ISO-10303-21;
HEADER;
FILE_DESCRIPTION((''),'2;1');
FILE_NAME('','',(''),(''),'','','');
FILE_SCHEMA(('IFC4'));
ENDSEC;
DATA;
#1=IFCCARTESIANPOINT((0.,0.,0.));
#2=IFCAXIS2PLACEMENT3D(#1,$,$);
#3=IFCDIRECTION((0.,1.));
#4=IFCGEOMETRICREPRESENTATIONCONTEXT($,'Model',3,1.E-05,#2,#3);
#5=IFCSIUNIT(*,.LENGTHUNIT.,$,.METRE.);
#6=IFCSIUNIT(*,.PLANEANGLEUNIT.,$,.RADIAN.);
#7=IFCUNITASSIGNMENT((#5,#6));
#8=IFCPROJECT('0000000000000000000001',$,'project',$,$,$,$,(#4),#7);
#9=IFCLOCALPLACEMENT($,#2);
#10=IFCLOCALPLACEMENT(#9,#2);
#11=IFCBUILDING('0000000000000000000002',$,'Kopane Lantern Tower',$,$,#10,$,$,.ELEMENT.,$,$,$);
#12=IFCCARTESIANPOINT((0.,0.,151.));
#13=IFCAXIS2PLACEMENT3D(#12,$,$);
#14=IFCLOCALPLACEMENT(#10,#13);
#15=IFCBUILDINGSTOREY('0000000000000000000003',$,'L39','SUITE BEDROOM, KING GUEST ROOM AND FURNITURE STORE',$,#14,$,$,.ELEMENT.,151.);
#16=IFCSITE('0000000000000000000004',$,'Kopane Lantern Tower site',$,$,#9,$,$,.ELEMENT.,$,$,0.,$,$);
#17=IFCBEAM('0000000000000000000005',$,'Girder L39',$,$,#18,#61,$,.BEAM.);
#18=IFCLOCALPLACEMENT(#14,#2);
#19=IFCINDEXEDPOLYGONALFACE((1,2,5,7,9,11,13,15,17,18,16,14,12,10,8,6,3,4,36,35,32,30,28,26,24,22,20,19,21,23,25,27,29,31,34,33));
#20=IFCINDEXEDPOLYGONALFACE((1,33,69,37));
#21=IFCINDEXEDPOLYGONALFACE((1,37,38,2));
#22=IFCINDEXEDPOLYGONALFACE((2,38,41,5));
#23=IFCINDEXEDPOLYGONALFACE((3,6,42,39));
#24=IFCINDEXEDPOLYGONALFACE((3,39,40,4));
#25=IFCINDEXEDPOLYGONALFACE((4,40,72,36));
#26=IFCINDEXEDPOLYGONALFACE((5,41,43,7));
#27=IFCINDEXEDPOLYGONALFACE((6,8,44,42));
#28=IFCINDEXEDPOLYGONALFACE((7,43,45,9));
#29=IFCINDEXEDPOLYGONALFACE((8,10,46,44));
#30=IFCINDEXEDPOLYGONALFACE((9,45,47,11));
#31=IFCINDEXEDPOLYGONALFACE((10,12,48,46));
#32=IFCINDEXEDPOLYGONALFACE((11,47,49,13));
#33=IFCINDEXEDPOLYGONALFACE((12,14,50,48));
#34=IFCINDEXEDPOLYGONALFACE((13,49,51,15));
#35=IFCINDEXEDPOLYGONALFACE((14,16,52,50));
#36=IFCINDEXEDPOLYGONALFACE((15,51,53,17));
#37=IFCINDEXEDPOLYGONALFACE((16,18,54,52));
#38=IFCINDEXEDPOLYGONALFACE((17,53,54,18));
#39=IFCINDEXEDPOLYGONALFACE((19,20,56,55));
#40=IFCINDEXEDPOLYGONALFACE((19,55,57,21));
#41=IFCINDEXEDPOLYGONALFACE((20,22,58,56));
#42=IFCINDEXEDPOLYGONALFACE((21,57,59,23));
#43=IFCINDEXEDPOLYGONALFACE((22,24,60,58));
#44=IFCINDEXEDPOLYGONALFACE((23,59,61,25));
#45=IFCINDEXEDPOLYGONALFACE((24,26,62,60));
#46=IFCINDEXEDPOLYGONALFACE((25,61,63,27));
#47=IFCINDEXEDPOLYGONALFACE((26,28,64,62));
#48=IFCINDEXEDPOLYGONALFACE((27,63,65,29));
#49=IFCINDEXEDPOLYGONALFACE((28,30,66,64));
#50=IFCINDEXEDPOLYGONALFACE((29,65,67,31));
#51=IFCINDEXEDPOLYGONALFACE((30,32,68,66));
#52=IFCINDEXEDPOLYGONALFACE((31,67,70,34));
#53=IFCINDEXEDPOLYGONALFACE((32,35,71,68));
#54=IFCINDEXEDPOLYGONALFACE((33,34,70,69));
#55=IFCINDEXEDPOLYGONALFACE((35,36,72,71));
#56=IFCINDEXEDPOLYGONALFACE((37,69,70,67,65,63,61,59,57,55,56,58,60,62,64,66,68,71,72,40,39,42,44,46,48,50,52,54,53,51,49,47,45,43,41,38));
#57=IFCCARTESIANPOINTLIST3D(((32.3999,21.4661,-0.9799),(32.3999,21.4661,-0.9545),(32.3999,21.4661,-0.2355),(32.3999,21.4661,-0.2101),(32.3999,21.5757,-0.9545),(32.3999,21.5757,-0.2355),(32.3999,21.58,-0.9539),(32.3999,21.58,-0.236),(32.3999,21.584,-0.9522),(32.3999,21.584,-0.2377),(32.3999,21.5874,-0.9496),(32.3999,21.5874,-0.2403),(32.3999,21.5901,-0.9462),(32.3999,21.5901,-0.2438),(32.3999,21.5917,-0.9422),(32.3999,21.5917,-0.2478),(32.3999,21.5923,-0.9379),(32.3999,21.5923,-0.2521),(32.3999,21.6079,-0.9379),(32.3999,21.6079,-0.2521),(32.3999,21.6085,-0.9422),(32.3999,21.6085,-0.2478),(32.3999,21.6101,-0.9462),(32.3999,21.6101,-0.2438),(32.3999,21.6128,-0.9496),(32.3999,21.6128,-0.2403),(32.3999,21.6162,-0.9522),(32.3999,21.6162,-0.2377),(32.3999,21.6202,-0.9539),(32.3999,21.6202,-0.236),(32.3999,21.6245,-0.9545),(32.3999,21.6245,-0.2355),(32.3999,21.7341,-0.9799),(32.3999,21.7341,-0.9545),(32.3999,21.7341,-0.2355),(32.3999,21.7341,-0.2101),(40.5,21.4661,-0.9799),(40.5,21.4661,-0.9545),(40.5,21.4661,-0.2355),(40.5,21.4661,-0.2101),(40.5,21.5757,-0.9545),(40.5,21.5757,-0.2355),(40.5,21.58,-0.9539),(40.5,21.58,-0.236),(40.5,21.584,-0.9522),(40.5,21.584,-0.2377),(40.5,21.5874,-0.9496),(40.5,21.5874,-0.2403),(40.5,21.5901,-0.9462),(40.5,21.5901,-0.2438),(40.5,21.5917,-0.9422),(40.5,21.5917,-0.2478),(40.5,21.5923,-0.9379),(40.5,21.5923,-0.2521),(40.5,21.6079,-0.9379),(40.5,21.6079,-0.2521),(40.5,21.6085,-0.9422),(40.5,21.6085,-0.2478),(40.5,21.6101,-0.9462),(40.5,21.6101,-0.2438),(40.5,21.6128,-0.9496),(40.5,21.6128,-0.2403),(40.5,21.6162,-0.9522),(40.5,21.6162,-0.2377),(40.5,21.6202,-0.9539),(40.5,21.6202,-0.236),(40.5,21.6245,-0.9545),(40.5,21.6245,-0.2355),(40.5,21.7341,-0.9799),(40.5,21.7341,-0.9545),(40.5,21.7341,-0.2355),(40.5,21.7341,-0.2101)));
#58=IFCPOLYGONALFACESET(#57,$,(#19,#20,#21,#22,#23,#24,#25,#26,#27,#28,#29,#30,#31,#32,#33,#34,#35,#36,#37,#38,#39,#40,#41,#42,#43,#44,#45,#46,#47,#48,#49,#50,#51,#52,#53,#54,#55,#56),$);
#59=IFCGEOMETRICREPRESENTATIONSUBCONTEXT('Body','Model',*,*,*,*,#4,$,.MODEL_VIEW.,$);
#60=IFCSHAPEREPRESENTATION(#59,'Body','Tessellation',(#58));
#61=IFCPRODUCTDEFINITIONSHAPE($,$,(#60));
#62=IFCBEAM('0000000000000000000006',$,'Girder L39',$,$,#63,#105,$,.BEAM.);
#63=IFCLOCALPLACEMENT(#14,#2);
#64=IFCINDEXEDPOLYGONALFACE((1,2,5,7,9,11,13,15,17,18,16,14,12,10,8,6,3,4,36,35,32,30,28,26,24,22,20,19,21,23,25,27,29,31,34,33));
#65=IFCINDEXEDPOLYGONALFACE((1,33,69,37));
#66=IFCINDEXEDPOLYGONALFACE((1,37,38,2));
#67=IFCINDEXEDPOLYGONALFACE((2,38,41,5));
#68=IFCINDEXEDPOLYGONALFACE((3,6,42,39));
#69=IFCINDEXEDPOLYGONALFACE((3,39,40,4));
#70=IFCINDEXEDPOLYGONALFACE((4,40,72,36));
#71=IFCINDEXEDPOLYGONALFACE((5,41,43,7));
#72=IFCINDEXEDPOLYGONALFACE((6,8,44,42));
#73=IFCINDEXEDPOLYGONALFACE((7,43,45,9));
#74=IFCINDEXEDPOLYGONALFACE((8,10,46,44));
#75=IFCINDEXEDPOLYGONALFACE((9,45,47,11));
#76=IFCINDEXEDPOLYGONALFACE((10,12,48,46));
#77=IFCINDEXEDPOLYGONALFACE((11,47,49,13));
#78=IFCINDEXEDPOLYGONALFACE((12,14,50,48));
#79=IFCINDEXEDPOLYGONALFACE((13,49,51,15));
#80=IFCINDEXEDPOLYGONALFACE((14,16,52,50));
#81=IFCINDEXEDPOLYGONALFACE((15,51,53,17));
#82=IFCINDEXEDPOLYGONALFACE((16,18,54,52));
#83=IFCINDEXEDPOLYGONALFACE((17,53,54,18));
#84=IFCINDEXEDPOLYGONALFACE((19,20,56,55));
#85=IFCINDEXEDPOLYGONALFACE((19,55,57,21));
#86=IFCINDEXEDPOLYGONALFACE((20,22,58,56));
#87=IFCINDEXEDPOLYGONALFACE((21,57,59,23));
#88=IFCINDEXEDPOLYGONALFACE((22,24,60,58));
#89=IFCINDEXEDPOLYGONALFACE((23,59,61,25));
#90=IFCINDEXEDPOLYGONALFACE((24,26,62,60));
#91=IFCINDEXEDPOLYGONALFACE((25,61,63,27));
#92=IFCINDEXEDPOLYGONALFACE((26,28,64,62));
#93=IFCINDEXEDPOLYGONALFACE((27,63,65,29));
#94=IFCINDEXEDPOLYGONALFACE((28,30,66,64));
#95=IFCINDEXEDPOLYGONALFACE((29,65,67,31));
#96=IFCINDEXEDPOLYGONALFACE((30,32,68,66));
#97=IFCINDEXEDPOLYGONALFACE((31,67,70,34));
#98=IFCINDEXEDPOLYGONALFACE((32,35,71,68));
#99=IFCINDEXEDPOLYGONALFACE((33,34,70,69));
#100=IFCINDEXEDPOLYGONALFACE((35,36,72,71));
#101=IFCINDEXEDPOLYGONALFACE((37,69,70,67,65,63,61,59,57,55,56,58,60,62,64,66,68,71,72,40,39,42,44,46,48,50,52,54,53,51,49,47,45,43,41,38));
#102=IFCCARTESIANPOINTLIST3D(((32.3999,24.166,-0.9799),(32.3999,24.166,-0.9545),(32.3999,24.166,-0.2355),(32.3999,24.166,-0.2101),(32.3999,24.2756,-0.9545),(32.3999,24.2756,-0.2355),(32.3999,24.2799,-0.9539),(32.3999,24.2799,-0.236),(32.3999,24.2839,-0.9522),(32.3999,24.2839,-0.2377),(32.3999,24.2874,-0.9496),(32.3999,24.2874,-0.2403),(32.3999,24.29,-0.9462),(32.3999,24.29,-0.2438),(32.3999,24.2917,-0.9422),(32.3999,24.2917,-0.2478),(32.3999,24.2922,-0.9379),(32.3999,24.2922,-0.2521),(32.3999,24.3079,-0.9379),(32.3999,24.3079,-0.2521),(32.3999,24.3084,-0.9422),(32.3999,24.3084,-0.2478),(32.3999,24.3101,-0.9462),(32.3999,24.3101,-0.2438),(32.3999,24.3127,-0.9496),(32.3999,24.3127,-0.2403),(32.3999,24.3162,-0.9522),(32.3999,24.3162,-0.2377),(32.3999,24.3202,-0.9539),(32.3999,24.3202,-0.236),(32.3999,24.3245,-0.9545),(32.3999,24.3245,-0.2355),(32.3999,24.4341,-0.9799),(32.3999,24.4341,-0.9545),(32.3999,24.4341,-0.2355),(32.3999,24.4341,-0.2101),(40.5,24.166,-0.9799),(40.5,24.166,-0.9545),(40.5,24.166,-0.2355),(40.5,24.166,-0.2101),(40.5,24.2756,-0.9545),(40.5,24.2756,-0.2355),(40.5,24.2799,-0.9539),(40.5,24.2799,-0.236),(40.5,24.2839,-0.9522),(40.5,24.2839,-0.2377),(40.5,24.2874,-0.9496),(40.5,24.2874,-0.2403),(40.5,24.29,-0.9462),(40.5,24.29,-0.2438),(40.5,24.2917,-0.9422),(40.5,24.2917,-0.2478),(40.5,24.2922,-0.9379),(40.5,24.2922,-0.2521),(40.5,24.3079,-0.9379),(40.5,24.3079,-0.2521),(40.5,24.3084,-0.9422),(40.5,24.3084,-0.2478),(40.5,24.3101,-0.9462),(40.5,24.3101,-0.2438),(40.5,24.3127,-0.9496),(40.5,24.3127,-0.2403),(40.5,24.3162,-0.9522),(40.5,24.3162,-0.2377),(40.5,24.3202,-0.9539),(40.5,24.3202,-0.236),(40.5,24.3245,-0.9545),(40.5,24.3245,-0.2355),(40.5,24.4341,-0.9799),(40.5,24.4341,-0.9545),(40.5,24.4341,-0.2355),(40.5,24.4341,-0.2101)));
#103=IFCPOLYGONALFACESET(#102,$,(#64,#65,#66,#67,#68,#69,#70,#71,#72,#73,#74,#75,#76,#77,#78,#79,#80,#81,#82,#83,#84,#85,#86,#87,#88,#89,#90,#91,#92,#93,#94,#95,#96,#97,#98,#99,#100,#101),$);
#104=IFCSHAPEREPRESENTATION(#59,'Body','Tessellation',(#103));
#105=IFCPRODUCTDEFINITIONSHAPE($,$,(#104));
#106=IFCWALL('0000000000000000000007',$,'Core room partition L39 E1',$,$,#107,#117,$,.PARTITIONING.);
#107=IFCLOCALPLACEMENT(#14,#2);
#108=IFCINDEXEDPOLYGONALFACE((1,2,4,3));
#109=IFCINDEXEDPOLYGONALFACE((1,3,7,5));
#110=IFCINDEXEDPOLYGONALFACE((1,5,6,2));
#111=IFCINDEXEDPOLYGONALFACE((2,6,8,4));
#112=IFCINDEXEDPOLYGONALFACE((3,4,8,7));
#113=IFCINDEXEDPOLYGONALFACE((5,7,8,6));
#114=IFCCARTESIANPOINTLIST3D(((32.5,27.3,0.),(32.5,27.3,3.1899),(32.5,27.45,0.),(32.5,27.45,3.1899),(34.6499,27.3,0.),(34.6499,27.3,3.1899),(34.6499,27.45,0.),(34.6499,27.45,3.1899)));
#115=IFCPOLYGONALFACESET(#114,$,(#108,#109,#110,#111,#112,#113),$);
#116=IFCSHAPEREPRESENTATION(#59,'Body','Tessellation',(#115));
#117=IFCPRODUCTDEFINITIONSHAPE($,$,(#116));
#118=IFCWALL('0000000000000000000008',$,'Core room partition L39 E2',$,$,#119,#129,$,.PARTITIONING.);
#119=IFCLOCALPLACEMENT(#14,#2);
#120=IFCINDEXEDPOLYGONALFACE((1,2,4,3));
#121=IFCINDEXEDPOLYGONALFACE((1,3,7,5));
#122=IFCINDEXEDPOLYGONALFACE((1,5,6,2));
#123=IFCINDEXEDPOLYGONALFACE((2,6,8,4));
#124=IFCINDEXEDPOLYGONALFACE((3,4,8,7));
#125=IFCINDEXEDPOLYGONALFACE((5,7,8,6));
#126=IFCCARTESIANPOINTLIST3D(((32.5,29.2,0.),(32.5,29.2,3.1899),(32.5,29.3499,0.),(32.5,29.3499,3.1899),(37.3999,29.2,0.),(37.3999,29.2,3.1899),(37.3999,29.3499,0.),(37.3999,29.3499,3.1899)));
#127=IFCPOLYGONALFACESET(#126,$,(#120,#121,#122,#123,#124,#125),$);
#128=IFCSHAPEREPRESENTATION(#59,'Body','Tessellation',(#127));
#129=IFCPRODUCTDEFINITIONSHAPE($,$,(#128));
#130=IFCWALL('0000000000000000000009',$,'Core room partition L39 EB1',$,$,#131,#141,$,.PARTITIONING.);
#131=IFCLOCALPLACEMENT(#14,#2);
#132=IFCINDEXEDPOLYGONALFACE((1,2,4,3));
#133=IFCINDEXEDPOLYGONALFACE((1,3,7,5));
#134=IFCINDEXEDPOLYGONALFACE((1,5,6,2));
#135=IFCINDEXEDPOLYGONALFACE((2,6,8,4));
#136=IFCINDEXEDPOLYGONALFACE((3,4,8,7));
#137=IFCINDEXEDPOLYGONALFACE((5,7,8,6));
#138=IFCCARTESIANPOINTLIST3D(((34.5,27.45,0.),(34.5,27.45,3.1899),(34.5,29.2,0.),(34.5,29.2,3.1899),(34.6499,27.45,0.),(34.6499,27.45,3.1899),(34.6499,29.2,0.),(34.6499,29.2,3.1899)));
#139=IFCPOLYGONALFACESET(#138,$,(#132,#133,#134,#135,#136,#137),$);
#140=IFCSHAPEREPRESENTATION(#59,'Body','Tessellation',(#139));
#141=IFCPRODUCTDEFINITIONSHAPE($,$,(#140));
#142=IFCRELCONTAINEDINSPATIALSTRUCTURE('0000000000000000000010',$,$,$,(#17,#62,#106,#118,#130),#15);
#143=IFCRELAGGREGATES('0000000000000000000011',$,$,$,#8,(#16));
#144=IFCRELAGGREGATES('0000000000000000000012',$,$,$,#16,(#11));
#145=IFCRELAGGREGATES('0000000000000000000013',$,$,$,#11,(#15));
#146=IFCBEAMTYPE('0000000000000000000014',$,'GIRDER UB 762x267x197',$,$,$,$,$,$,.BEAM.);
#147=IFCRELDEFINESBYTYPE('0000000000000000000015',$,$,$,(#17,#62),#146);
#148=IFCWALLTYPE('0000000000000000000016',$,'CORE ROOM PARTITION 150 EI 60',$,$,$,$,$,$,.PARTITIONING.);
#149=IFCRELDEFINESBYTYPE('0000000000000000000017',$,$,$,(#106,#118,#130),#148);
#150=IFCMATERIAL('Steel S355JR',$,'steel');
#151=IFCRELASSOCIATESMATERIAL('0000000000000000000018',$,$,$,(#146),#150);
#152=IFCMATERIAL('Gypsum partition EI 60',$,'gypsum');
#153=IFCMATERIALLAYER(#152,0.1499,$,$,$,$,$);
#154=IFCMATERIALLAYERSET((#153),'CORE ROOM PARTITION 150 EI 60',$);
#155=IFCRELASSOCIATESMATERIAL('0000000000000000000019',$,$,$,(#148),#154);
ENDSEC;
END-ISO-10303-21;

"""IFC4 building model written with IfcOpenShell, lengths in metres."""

from ifc_helpers import new_model, si_unit, direction, frame, frame_2d, origin, origin_2d, place, context, subcontext, project, spatial, rectangle, i_section, extrude, material, layer, layer_set, material_profile, profile_set, type_object, element, save


model = new_model("IFC4")

# Units and contexts
model_context = context("Model", 3, precision=1e-05, world=origin(), true_north=direction((0.0, 1.0)))
body_context = subcontext(model_context, "Body", "Model", "MODEL_VIEW")
ifc_project = project(units=[si_unit("LENGTHUNIT", "METRE"), si_unit("PLANEANGLEUNIT", "RADIAN")], contexts=[model_context])

# Site, building, storey
site_placement = place(None, origin())
site = spatial("IfcSite", under=ifc_project, at=site_placement, Name="Kopane Lantern Tower site", CompositionType="ELEMENT", RefElevation=0.0)
building_placement = place(site_placement, origin())
building = spatial("IfcBuilding", under=site, at=building_placement, Name="Kopane Lantern Tower", CompositionType="ELEMENT")
storey_placement = place(building_placement, frame((0.0, 0.0, 151.0)))
storey = spatial("IfcBuildingStorey", under=building, at=storey_placement, Name="L39", Description="SUITE BEDROOM, KING GUEST ROOM AND FURNITURE STORE", CompositionType="ELEMENT", Elevation=151.0)

# Beams
ifc_material_1 = material(Name="Steel S355JR", Category="steel")
ifc_material_profile_1 = material_profile(ifc_material_1, i_section(OverallWidth=0.2681, OverallDepth=0.7698, WebThickness=0.0156, FlangeThickness=0.0254, FilletRadius=0.0166, at=origin_2d()), Name="UB 762x267x197")
ifc_profile_set_1 = profile_set([ifc_material_profile_1], Name="Steel S355JR")
beam_type_1 = type_object("IfcBeamType", Name="GIRDER UB 762x267x197", PredefinedType="BEAM", material=ifc_profile_set_1)
for number, where, z_axis, x_axis, name in (
    (1, (32.3999, 21.6001, -0.595), (1.0, 0.0, 0.0), (0.0, 1.0, 0.0), "Girder L39"),
    (2, (32.3999, 24.3, -0.595), (1.0, 0.0, 0.0), (0.0, 1.0, 0.0), "Girder L39"),
):
    element("IfcBeam", number, at=place(storey_placement, frame(where, z_axis=z_axis, x_axis=x_axis)), inside=storey, type_object=beam_type_1, Name=name, PredefinedType="BEAM", context=body_context, shape_type="SweptSolid", body=[
        extrude(i_section(OverallWidth=0.2681, OverallDepth=0.7698, WebThickness=0.0156, FlangeThickness=0.0254, FilletRadius=0.0166, at=origin_2d()), origin(), (0.0, 0.0, 1.0), 8.1001),
    ])

# Walls
ifc_material_2 = material(Name="Gypsum partition EI 60", Category="gypsum")
ifc_layer_1 = layer(ifc_material_2, 0.1499)
ifc_layer_set_1 = layer_set([ifc_layer_1], Name="CORE ROOM PARTITION 150 EI 60")
wall_type_1 = type_object("IfcWallType", Name="CORE ROOM PARTITION 150 EI 60", PredefinedType="PARTITIONING", material=ifc_layer_set_1)
wall_1_placement = place(storey_placement, frame((32.5, 27.375, 0.0), z_axis=(0.0, 0.0, 1.0), x_axis=(1.0, 0.0, 0.0)))
element("IfcWall", 3, at=wall_1_placement, inside=storey, type_object=wall_type_1, Name="Core room partition L39 E1", PredefinedType="PARTITIONING", context=body_context, shape_type="SweptSolid", body=[
    extrude(rectangle(XDim=2.1499, YDim=0.1499, at=frame_2d((1.075, 0.0))), origin(), (0.0, 0.0, 1.0), 3.1899),
])
wall_2_placement = place(storey_placement, frame((32.5, 29.2749, 0.0), z_axis=(0.0, 0.0, 1.0), x_axis=(1.0, 0.0, 0.0)))
element("IfcWall", 4, at=wall_2_placement, inside=storey, type_object=wall_type_1, Name="Core room partition L39 E2", PredefinedType="PARTITIONING", context=body_context, shape_type="SweptSolid", body=[
    extrude(rectangle(XDim=4.8999, YDim=0.1499, at=frame_2d((2.45, 0.0))), origin(), (0.0, 0.0, 1.0), 3.1899),
])
wall_3_placement = place(storey_placement, frame((34.575, 27.45, 0.0), z_axis=(0.0, 0.0, 1.0), x_axis=(0.0, 1.0, 0.0)))
element("IfcWall", 5, at=wall_3_placement, inside=storey, type_object=wall_type_1, Name="Core room partition L39 EB1", PredefinedType="PARTITIONING", context=body_context, shape_type="SweptSolid", body=[
    extrude(rectangle(XDim=1.75, YDim=0.1499, at=frame_2d((0.875, 0.0))), origin(), (0.0, 0.0, 1.0), 3.1899),
])

save(model, "model.ifc")
